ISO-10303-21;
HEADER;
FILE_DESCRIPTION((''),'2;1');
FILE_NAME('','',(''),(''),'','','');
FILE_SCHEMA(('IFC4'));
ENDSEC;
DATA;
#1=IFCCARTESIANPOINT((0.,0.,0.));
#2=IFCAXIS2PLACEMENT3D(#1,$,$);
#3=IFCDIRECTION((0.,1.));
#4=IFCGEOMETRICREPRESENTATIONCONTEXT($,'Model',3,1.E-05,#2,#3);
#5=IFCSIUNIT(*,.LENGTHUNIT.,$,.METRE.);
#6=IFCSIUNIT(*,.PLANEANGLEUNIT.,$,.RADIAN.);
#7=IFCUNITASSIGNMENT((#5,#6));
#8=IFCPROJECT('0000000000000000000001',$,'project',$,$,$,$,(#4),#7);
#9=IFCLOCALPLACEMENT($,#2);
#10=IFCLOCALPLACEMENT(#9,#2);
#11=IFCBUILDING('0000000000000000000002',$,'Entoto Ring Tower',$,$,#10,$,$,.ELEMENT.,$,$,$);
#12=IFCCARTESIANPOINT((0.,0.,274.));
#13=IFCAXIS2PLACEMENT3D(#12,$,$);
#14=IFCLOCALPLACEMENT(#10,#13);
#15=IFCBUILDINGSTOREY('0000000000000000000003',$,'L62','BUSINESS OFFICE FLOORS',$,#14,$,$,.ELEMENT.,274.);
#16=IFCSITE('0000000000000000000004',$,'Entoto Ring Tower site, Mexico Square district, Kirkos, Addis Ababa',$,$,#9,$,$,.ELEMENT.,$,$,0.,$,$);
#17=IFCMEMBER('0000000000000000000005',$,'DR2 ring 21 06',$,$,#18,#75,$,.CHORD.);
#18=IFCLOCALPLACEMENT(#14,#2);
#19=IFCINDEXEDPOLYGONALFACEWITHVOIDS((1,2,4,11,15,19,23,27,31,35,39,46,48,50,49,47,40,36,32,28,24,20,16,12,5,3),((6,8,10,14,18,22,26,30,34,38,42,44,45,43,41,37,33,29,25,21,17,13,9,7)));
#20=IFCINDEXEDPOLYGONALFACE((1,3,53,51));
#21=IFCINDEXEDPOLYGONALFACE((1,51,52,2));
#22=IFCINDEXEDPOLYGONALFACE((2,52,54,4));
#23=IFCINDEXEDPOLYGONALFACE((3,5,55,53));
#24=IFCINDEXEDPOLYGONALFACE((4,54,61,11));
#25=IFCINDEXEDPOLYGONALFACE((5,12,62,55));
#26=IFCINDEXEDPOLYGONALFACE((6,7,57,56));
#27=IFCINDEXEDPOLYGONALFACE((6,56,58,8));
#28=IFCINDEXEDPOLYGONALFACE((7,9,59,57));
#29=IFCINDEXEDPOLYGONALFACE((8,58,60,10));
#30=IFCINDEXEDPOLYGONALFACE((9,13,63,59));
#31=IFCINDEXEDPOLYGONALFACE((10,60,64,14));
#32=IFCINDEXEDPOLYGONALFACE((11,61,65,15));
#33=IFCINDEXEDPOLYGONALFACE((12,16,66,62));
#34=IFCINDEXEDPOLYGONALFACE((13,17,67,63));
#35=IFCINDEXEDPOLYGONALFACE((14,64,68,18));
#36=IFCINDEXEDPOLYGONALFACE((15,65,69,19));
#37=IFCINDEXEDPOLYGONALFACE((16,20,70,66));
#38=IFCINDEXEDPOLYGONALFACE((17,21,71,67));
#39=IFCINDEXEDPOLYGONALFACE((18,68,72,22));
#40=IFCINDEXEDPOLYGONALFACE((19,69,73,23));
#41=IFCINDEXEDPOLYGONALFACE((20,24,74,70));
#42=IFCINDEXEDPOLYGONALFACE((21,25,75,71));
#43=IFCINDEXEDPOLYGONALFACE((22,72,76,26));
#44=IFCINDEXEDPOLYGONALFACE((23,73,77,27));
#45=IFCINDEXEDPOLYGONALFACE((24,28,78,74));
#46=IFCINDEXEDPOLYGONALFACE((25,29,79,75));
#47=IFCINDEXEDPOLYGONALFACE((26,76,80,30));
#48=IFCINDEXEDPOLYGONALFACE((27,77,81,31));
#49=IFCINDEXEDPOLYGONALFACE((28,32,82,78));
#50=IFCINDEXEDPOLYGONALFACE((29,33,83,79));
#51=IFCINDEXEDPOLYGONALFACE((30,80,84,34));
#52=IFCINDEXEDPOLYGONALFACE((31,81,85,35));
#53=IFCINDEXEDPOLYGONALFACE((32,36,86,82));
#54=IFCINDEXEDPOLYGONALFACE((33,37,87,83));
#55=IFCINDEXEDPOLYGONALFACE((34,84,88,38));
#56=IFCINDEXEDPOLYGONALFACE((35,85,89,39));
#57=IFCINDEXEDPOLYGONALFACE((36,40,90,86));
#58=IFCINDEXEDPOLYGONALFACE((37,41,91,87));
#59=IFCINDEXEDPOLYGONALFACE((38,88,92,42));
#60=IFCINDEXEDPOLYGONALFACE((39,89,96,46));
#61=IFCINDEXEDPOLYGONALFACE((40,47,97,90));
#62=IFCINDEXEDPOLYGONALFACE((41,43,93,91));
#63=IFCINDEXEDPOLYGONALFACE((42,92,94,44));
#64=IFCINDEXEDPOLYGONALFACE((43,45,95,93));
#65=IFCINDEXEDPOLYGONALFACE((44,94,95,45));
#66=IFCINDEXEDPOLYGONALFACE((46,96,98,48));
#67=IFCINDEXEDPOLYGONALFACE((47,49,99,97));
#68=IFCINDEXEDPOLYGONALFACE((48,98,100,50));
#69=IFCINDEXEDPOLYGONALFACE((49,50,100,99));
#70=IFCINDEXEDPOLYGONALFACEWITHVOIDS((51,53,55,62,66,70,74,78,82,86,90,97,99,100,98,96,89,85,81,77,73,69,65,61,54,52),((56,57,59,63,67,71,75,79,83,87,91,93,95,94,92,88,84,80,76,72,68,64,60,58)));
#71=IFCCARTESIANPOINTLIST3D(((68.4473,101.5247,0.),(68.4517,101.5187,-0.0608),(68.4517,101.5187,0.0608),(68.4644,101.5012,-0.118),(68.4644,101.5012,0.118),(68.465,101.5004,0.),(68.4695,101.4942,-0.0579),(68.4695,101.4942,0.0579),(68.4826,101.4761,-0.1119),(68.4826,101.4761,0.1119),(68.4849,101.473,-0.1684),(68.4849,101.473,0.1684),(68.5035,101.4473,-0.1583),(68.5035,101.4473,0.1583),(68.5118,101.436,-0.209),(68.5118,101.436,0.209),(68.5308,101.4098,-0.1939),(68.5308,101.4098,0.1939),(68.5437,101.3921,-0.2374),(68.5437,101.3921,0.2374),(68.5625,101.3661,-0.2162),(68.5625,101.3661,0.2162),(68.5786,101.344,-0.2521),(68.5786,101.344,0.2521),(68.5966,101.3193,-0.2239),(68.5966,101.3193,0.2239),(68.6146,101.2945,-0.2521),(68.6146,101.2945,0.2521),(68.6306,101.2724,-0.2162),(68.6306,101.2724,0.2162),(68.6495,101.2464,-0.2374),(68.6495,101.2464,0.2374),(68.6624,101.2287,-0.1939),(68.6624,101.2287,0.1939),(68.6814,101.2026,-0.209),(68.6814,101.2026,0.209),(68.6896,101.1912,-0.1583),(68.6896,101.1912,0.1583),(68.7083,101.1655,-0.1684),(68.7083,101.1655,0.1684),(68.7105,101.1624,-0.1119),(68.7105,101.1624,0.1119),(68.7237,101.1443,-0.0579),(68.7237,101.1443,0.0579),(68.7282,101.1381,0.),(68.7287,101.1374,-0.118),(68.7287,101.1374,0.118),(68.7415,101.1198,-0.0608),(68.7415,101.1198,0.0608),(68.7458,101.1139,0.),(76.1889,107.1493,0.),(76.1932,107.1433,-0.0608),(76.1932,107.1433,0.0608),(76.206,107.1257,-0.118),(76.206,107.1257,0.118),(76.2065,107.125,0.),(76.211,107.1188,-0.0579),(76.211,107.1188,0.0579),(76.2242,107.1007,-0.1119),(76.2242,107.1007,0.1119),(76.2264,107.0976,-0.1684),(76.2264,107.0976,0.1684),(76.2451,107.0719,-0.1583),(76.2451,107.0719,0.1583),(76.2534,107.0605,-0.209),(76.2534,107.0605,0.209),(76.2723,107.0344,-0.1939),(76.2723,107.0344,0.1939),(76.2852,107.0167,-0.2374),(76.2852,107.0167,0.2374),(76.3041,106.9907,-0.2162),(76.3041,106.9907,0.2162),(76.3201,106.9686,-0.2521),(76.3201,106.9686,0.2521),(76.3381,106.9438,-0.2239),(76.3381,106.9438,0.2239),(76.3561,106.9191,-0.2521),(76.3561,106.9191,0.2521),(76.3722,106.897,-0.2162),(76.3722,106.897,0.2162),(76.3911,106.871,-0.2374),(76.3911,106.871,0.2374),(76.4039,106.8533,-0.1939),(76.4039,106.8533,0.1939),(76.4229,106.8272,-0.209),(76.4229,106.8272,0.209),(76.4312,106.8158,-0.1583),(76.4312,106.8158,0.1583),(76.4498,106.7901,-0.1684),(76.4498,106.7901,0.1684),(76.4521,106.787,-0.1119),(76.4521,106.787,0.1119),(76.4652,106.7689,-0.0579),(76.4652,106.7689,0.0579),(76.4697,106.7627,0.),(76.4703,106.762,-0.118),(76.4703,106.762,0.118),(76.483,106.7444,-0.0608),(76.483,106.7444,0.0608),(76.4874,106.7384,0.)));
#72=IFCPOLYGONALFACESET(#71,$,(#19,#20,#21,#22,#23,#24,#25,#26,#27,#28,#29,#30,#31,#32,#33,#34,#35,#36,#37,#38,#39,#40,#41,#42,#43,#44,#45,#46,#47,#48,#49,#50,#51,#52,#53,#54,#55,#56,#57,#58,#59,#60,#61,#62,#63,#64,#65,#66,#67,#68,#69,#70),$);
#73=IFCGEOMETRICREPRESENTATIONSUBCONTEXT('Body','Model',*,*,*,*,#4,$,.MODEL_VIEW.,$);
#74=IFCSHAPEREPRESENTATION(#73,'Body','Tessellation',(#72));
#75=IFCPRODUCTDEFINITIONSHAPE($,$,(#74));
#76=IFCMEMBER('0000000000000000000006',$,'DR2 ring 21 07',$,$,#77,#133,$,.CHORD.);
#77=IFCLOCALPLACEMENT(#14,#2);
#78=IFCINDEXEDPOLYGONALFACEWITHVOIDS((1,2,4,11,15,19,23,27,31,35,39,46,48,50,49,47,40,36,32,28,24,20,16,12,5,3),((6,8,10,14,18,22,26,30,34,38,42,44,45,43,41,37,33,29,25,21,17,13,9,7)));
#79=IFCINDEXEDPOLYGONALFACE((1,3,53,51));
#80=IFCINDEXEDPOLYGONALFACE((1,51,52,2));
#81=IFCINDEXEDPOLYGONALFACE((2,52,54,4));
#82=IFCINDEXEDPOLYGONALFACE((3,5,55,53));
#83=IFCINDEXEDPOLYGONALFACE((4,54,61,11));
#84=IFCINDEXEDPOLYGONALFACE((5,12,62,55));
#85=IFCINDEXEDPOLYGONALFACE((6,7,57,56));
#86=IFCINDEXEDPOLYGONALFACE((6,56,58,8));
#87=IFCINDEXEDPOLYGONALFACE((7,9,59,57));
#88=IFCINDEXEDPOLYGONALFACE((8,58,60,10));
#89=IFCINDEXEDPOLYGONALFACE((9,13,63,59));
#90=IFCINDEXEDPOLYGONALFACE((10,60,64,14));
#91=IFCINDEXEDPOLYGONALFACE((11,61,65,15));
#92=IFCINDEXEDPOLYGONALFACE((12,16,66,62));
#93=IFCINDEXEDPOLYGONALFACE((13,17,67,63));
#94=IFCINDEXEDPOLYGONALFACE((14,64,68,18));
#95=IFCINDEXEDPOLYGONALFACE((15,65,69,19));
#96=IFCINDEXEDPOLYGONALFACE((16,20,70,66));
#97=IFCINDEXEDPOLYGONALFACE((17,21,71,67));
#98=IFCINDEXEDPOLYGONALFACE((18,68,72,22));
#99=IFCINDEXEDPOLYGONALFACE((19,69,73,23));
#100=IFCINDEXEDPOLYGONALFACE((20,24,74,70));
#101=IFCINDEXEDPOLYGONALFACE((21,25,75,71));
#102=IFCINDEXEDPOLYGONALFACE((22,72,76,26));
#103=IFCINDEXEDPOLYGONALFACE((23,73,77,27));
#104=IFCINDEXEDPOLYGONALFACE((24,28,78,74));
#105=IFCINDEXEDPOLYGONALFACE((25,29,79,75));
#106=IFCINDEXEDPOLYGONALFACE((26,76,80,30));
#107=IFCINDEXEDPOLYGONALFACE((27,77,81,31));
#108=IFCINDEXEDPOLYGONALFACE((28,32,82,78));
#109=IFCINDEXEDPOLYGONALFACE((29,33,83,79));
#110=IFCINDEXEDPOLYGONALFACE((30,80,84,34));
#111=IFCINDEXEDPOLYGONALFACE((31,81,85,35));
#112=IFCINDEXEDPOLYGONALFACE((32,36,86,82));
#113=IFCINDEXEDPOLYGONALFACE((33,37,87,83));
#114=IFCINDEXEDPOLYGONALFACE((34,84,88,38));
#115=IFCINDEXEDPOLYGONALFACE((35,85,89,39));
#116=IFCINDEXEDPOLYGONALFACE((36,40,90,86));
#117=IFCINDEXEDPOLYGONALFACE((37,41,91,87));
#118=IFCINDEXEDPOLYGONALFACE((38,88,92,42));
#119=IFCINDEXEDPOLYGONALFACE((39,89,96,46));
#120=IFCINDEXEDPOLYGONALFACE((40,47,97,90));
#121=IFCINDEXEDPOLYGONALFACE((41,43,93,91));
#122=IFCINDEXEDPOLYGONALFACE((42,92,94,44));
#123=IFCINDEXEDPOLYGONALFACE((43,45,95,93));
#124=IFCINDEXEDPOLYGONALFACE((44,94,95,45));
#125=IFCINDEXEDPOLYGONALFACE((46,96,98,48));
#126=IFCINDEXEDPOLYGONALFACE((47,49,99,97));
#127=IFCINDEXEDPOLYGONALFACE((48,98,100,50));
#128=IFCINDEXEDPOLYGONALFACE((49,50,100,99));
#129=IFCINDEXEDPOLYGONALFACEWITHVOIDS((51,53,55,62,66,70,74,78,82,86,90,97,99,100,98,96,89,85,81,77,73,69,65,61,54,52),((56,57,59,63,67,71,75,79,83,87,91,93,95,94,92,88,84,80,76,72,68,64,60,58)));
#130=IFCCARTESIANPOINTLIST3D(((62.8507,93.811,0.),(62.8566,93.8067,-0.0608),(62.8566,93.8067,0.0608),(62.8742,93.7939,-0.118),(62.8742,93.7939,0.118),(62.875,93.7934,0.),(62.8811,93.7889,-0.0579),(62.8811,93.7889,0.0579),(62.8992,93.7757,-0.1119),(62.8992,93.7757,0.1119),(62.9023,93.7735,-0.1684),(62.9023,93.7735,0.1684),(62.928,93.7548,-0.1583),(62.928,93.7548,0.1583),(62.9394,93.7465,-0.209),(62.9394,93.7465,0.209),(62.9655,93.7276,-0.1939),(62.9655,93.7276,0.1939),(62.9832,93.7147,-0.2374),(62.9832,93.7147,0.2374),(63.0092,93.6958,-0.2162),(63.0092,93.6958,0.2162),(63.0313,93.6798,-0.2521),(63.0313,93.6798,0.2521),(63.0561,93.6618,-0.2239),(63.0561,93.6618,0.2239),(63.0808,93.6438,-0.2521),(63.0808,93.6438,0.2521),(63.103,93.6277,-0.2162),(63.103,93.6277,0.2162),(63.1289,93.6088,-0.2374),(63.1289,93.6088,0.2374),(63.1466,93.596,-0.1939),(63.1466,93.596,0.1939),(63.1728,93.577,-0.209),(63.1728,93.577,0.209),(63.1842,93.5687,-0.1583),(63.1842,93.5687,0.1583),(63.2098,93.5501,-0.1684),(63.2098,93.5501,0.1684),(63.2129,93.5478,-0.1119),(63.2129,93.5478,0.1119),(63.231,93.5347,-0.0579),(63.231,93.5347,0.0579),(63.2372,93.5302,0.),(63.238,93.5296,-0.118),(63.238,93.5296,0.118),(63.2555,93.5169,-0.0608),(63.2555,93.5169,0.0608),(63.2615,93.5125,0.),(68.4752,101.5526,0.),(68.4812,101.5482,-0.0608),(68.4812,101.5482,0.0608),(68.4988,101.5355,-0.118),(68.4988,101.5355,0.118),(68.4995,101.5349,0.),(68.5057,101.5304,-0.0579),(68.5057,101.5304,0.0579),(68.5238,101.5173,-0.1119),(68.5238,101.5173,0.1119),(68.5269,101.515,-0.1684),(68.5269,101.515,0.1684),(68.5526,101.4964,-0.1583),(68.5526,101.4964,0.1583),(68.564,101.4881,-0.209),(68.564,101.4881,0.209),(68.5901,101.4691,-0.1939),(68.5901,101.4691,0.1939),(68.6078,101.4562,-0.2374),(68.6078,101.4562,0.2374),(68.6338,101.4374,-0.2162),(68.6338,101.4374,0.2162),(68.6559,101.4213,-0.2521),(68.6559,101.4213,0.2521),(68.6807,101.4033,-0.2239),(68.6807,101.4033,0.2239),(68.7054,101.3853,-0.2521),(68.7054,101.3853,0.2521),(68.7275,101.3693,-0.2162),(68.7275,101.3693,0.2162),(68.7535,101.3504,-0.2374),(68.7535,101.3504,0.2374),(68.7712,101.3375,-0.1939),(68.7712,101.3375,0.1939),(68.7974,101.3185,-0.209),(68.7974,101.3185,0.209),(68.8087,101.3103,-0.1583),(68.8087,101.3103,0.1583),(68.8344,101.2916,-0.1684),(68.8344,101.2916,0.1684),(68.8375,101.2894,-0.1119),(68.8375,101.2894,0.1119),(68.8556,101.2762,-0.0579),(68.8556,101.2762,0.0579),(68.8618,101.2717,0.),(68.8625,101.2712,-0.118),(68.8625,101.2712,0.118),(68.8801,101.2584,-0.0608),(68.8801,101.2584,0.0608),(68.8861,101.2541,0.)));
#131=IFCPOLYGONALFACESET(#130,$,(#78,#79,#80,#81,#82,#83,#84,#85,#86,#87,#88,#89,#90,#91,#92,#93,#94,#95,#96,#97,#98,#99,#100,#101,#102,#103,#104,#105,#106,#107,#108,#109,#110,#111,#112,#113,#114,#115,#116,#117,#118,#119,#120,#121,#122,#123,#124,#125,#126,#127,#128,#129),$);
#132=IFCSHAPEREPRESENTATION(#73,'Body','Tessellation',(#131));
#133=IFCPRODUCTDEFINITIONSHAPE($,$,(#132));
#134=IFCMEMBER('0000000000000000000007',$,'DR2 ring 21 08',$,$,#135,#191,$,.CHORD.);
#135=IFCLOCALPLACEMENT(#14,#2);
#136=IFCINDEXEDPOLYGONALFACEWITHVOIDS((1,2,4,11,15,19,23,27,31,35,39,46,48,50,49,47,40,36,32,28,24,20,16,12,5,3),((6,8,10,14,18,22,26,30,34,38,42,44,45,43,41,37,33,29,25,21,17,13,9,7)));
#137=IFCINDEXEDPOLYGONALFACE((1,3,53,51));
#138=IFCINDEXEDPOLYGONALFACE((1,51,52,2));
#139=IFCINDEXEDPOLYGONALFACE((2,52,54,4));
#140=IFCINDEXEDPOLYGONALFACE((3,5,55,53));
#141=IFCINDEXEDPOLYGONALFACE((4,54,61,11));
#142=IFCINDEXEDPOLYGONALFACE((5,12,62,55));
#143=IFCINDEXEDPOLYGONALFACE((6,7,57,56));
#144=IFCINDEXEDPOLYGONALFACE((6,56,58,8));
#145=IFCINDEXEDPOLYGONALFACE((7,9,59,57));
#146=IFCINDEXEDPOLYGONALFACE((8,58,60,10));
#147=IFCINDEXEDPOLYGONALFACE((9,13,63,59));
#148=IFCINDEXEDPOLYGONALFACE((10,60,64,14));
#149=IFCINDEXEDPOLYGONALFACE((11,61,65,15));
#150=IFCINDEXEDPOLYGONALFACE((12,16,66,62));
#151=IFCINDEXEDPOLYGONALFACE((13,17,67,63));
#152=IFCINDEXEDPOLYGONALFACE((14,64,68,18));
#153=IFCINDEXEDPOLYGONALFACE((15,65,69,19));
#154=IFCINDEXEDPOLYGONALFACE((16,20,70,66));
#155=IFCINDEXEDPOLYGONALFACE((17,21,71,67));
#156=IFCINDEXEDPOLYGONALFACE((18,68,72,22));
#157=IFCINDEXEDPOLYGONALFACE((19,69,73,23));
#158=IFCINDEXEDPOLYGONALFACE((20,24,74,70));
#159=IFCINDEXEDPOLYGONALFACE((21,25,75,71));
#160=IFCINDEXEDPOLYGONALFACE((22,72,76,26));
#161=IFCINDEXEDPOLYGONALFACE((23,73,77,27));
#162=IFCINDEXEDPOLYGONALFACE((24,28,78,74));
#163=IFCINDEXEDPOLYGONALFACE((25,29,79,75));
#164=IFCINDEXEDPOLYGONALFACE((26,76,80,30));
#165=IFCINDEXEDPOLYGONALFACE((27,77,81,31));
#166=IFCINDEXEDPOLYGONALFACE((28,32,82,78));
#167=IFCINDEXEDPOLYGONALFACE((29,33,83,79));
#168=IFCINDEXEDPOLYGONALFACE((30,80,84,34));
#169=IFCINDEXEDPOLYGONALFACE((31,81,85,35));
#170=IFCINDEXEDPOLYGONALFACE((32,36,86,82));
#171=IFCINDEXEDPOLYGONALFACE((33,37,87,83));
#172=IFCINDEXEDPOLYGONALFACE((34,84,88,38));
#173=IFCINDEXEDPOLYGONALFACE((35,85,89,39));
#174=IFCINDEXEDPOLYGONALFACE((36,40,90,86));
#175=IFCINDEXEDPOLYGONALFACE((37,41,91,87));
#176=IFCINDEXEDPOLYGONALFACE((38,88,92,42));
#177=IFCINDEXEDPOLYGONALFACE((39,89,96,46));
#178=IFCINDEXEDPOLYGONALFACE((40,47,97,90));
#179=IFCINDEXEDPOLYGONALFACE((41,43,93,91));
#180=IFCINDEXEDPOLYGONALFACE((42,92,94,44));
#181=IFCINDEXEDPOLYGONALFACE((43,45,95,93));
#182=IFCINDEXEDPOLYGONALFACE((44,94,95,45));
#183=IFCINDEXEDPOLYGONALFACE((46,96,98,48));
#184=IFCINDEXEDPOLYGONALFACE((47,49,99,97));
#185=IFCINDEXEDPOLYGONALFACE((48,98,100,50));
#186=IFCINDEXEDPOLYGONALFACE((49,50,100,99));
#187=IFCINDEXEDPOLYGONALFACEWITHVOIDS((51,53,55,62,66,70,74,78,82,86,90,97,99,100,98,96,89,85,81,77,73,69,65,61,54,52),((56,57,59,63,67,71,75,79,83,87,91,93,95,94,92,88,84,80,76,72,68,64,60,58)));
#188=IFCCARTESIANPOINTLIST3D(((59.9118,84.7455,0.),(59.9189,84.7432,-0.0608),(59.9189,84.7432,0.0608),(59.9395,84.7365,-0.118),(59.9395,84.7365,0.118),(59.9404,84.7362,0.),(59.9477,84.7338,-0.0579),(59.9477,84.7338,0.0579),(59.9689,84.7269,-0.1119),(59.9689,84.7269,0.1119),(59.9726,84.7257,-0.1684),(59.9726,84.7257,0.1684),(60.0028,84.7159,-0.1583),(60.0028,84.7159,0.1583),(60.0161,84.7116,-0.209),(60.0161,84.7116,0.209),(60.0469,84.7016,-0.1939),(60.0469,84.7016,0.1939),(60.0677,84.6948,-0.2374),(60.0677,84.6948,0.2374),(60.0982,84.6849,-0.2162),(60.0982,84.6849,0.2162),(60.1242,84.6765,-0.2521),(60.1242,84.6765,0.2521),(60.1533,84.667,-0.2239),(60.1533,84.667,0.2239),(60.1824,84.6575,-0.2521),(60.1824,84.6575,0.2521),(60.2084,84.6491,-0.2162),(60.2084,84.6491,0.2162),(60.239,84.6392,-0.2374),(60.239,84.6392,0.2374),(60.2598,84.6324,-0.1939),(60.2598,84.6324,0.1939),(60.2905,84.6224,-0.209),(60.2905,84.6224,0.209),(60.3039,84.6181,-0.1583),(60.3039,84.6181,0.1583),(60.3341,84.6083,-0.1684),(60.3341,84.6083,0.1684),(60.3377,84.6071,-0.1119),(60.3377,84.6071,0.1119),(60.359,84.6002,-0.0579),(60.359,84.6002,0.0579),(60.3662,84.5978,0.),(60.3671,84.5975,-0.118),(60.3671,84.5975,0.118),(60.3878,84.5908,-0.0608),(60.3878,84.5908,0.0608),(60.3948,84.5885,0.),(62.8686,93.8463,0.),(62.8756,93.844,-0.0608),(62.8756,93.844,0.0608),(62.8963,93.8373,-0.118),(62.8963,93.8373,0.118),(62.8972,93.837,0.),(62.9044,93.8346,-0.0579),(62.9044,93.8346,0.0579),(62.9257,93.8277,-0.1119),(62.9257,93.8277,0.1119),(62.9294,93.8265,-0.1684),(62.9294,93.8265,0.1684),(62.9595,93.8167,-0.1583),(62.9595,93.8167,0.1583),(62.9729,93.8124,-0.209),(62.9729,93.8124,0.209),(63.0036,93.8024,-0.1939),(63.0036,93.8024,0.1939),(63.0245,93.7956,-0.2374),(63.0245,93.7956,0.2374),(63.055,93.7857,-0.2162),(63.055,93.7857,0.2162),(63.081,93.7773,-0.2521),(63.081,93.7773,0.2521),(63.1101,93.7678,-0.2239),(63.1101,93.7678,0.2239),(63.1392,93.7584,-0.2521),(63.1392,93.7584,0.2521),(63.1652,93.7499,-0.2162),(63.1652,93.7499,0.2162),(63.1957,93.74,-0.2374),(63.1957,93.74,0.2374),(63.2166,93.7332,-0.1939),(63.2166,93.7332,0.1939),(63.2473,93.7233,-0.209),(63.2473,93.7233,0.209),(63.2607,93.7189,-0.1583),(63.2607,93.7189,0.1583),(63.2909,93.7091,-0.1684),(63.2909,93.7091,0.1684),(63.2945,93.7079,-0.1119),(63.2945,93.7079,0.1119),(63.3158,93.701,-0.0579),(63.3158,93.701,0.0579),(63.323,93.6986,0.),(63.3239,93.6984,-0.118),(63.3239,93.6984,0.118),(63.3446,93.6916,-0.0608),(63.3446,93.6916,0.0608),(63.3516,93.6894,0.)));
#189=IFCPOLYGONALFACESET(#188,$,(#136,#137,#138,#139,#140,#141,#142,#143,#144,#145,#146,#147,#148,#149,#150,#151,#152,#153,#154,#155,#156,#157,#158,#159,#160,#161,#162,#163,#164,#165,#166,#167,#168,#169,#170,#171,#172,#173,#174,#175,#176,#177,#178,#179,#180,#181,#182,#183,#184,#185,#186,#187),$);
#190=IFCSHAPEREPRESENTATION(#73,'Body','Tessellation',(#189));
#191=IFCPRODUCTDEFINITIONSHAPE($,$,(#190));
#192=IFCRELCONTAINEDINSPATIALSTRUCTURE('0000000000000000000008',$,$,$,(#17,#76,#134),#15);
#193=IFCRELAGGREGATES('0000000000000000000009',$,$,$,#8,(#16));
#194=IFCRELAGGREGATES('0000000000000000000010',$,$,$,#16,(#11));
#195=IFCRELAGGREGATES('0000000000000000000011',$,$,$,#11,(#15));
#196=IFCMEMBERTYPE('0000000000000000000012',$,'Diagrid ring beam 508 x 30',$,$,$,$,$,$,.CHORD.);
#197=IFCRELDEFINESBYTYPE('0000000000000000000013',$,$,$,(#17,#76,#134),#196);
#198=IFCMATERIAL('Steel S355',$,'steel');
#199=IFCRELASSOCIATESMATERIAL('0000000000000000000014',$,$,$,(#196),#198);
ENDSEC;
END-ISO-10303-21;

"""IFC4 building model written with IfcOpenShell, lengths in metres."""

from ifc_helpers import new_model, si_unit, direction, frame, origin, origin_2d, place, context, subcontext, project, spatial, circle, hollow_circle, extrude, material, material_profile, profile_set, type_object, element, save


model = new_model("IFC4")

# Units and contexts
model_context = context("Model", 3, precision=1e-05, world=origin(), true_north=direction((0.0, 1.0)))
body_context = subcontext(model_context, "Body", "Model", "MODEL_VIEW")
ifc_project = project(units=[si_unit("LENGTHUNIT", "METRE"), si_unit("PLANEANGLEUNIT", "RADIAN")], contexts=[model_context])

# Site, building, storey
site_placement = place(None, origin())
site = spatial("IfcSite", under=ifc_project, at=site_placement, Name="Entoto Ring Tower site, Mexico Square district, Kirkos, Addis Ababa", CompositionType="ELEMENT", RefElevation=0.0)
building_placement = place(site_placement, origin())
building = spatial("IfcBuilding", under=site, at=building_placement, Name="Entoto Ring Tower", CompositionType="ELEMENT")
storey_placement = place(building_placement, frame((0.0, 0.0, 274.0)))
storey = spatial("IfcBuildingStorey", under=building, at=storey_placement, Name="L62", Description="BUSINESS OFFICE FLOORS", CompositionType="ELEMENT", Elevation=274.0)

# Members
ifc_material_1 = material(Name="Steel S355", Category="steel")
ifc_material_profile_1 = material_profile(ifc_material_1, hollow_circle(Radius=0.2539, WallThickness=0.03, at=origin_2d()), Name="CHS 508 x 30")
ifc_material_2 = material(Name="Concrete C60/75", Category="concrete")
ifc_material_profile_2 = material_profile(ifc_material_2, circle(Radius=0.2241, at=origin_2d()), Name="Concrete C60/75 infill")
ifc_profile_set_1 = profile_set([ifc_material_profile_1, ifc_material_profile_2], Name="Steel S355")
member_type_1 = type_object("IfcMemberType", Name="Diagrid ring beam 508 x 30", PredefinedType="CHORD", material=ifc_profile_set_1)
for number, where, z_axis, x_axis, name in (
    (1, (76.3381, 106.9438, 0.0), (-0.809016, -0.587786, 0.0), (0.587786, -0.809016, 0.0), "DR2 ring 21 06"),
    (2, (68.6807, 101.4033, 0.0), (-0.587786, -0.809016, 0.0), (0.809016, -0.587786, 0.0), "DR2 ring 21 07"),
    (3, (63.1101, 93.7678, 0.0), (-0.308993, -0.951064, 0.0), (0.951064, -0.308993, 0.0), "DR2 ring 21 08"),
):
    element("IfcMember", number, at=place(storey_placement, frame(where, z_axis=z_axis, x_axis=x_axis)), inside=storey, type_object=member_type_1, Name=name, PredefinedType="CHORD", context=body_context, shape_type="SweptSolid", body=[
        extrude(hollow_circle(Radius=0.2539, WallThickness=0.03, at=origin_2d()), origin(), (0.0, 0.0, 1.0), 9.5691),
    ])

save(model, "model.ifc")
